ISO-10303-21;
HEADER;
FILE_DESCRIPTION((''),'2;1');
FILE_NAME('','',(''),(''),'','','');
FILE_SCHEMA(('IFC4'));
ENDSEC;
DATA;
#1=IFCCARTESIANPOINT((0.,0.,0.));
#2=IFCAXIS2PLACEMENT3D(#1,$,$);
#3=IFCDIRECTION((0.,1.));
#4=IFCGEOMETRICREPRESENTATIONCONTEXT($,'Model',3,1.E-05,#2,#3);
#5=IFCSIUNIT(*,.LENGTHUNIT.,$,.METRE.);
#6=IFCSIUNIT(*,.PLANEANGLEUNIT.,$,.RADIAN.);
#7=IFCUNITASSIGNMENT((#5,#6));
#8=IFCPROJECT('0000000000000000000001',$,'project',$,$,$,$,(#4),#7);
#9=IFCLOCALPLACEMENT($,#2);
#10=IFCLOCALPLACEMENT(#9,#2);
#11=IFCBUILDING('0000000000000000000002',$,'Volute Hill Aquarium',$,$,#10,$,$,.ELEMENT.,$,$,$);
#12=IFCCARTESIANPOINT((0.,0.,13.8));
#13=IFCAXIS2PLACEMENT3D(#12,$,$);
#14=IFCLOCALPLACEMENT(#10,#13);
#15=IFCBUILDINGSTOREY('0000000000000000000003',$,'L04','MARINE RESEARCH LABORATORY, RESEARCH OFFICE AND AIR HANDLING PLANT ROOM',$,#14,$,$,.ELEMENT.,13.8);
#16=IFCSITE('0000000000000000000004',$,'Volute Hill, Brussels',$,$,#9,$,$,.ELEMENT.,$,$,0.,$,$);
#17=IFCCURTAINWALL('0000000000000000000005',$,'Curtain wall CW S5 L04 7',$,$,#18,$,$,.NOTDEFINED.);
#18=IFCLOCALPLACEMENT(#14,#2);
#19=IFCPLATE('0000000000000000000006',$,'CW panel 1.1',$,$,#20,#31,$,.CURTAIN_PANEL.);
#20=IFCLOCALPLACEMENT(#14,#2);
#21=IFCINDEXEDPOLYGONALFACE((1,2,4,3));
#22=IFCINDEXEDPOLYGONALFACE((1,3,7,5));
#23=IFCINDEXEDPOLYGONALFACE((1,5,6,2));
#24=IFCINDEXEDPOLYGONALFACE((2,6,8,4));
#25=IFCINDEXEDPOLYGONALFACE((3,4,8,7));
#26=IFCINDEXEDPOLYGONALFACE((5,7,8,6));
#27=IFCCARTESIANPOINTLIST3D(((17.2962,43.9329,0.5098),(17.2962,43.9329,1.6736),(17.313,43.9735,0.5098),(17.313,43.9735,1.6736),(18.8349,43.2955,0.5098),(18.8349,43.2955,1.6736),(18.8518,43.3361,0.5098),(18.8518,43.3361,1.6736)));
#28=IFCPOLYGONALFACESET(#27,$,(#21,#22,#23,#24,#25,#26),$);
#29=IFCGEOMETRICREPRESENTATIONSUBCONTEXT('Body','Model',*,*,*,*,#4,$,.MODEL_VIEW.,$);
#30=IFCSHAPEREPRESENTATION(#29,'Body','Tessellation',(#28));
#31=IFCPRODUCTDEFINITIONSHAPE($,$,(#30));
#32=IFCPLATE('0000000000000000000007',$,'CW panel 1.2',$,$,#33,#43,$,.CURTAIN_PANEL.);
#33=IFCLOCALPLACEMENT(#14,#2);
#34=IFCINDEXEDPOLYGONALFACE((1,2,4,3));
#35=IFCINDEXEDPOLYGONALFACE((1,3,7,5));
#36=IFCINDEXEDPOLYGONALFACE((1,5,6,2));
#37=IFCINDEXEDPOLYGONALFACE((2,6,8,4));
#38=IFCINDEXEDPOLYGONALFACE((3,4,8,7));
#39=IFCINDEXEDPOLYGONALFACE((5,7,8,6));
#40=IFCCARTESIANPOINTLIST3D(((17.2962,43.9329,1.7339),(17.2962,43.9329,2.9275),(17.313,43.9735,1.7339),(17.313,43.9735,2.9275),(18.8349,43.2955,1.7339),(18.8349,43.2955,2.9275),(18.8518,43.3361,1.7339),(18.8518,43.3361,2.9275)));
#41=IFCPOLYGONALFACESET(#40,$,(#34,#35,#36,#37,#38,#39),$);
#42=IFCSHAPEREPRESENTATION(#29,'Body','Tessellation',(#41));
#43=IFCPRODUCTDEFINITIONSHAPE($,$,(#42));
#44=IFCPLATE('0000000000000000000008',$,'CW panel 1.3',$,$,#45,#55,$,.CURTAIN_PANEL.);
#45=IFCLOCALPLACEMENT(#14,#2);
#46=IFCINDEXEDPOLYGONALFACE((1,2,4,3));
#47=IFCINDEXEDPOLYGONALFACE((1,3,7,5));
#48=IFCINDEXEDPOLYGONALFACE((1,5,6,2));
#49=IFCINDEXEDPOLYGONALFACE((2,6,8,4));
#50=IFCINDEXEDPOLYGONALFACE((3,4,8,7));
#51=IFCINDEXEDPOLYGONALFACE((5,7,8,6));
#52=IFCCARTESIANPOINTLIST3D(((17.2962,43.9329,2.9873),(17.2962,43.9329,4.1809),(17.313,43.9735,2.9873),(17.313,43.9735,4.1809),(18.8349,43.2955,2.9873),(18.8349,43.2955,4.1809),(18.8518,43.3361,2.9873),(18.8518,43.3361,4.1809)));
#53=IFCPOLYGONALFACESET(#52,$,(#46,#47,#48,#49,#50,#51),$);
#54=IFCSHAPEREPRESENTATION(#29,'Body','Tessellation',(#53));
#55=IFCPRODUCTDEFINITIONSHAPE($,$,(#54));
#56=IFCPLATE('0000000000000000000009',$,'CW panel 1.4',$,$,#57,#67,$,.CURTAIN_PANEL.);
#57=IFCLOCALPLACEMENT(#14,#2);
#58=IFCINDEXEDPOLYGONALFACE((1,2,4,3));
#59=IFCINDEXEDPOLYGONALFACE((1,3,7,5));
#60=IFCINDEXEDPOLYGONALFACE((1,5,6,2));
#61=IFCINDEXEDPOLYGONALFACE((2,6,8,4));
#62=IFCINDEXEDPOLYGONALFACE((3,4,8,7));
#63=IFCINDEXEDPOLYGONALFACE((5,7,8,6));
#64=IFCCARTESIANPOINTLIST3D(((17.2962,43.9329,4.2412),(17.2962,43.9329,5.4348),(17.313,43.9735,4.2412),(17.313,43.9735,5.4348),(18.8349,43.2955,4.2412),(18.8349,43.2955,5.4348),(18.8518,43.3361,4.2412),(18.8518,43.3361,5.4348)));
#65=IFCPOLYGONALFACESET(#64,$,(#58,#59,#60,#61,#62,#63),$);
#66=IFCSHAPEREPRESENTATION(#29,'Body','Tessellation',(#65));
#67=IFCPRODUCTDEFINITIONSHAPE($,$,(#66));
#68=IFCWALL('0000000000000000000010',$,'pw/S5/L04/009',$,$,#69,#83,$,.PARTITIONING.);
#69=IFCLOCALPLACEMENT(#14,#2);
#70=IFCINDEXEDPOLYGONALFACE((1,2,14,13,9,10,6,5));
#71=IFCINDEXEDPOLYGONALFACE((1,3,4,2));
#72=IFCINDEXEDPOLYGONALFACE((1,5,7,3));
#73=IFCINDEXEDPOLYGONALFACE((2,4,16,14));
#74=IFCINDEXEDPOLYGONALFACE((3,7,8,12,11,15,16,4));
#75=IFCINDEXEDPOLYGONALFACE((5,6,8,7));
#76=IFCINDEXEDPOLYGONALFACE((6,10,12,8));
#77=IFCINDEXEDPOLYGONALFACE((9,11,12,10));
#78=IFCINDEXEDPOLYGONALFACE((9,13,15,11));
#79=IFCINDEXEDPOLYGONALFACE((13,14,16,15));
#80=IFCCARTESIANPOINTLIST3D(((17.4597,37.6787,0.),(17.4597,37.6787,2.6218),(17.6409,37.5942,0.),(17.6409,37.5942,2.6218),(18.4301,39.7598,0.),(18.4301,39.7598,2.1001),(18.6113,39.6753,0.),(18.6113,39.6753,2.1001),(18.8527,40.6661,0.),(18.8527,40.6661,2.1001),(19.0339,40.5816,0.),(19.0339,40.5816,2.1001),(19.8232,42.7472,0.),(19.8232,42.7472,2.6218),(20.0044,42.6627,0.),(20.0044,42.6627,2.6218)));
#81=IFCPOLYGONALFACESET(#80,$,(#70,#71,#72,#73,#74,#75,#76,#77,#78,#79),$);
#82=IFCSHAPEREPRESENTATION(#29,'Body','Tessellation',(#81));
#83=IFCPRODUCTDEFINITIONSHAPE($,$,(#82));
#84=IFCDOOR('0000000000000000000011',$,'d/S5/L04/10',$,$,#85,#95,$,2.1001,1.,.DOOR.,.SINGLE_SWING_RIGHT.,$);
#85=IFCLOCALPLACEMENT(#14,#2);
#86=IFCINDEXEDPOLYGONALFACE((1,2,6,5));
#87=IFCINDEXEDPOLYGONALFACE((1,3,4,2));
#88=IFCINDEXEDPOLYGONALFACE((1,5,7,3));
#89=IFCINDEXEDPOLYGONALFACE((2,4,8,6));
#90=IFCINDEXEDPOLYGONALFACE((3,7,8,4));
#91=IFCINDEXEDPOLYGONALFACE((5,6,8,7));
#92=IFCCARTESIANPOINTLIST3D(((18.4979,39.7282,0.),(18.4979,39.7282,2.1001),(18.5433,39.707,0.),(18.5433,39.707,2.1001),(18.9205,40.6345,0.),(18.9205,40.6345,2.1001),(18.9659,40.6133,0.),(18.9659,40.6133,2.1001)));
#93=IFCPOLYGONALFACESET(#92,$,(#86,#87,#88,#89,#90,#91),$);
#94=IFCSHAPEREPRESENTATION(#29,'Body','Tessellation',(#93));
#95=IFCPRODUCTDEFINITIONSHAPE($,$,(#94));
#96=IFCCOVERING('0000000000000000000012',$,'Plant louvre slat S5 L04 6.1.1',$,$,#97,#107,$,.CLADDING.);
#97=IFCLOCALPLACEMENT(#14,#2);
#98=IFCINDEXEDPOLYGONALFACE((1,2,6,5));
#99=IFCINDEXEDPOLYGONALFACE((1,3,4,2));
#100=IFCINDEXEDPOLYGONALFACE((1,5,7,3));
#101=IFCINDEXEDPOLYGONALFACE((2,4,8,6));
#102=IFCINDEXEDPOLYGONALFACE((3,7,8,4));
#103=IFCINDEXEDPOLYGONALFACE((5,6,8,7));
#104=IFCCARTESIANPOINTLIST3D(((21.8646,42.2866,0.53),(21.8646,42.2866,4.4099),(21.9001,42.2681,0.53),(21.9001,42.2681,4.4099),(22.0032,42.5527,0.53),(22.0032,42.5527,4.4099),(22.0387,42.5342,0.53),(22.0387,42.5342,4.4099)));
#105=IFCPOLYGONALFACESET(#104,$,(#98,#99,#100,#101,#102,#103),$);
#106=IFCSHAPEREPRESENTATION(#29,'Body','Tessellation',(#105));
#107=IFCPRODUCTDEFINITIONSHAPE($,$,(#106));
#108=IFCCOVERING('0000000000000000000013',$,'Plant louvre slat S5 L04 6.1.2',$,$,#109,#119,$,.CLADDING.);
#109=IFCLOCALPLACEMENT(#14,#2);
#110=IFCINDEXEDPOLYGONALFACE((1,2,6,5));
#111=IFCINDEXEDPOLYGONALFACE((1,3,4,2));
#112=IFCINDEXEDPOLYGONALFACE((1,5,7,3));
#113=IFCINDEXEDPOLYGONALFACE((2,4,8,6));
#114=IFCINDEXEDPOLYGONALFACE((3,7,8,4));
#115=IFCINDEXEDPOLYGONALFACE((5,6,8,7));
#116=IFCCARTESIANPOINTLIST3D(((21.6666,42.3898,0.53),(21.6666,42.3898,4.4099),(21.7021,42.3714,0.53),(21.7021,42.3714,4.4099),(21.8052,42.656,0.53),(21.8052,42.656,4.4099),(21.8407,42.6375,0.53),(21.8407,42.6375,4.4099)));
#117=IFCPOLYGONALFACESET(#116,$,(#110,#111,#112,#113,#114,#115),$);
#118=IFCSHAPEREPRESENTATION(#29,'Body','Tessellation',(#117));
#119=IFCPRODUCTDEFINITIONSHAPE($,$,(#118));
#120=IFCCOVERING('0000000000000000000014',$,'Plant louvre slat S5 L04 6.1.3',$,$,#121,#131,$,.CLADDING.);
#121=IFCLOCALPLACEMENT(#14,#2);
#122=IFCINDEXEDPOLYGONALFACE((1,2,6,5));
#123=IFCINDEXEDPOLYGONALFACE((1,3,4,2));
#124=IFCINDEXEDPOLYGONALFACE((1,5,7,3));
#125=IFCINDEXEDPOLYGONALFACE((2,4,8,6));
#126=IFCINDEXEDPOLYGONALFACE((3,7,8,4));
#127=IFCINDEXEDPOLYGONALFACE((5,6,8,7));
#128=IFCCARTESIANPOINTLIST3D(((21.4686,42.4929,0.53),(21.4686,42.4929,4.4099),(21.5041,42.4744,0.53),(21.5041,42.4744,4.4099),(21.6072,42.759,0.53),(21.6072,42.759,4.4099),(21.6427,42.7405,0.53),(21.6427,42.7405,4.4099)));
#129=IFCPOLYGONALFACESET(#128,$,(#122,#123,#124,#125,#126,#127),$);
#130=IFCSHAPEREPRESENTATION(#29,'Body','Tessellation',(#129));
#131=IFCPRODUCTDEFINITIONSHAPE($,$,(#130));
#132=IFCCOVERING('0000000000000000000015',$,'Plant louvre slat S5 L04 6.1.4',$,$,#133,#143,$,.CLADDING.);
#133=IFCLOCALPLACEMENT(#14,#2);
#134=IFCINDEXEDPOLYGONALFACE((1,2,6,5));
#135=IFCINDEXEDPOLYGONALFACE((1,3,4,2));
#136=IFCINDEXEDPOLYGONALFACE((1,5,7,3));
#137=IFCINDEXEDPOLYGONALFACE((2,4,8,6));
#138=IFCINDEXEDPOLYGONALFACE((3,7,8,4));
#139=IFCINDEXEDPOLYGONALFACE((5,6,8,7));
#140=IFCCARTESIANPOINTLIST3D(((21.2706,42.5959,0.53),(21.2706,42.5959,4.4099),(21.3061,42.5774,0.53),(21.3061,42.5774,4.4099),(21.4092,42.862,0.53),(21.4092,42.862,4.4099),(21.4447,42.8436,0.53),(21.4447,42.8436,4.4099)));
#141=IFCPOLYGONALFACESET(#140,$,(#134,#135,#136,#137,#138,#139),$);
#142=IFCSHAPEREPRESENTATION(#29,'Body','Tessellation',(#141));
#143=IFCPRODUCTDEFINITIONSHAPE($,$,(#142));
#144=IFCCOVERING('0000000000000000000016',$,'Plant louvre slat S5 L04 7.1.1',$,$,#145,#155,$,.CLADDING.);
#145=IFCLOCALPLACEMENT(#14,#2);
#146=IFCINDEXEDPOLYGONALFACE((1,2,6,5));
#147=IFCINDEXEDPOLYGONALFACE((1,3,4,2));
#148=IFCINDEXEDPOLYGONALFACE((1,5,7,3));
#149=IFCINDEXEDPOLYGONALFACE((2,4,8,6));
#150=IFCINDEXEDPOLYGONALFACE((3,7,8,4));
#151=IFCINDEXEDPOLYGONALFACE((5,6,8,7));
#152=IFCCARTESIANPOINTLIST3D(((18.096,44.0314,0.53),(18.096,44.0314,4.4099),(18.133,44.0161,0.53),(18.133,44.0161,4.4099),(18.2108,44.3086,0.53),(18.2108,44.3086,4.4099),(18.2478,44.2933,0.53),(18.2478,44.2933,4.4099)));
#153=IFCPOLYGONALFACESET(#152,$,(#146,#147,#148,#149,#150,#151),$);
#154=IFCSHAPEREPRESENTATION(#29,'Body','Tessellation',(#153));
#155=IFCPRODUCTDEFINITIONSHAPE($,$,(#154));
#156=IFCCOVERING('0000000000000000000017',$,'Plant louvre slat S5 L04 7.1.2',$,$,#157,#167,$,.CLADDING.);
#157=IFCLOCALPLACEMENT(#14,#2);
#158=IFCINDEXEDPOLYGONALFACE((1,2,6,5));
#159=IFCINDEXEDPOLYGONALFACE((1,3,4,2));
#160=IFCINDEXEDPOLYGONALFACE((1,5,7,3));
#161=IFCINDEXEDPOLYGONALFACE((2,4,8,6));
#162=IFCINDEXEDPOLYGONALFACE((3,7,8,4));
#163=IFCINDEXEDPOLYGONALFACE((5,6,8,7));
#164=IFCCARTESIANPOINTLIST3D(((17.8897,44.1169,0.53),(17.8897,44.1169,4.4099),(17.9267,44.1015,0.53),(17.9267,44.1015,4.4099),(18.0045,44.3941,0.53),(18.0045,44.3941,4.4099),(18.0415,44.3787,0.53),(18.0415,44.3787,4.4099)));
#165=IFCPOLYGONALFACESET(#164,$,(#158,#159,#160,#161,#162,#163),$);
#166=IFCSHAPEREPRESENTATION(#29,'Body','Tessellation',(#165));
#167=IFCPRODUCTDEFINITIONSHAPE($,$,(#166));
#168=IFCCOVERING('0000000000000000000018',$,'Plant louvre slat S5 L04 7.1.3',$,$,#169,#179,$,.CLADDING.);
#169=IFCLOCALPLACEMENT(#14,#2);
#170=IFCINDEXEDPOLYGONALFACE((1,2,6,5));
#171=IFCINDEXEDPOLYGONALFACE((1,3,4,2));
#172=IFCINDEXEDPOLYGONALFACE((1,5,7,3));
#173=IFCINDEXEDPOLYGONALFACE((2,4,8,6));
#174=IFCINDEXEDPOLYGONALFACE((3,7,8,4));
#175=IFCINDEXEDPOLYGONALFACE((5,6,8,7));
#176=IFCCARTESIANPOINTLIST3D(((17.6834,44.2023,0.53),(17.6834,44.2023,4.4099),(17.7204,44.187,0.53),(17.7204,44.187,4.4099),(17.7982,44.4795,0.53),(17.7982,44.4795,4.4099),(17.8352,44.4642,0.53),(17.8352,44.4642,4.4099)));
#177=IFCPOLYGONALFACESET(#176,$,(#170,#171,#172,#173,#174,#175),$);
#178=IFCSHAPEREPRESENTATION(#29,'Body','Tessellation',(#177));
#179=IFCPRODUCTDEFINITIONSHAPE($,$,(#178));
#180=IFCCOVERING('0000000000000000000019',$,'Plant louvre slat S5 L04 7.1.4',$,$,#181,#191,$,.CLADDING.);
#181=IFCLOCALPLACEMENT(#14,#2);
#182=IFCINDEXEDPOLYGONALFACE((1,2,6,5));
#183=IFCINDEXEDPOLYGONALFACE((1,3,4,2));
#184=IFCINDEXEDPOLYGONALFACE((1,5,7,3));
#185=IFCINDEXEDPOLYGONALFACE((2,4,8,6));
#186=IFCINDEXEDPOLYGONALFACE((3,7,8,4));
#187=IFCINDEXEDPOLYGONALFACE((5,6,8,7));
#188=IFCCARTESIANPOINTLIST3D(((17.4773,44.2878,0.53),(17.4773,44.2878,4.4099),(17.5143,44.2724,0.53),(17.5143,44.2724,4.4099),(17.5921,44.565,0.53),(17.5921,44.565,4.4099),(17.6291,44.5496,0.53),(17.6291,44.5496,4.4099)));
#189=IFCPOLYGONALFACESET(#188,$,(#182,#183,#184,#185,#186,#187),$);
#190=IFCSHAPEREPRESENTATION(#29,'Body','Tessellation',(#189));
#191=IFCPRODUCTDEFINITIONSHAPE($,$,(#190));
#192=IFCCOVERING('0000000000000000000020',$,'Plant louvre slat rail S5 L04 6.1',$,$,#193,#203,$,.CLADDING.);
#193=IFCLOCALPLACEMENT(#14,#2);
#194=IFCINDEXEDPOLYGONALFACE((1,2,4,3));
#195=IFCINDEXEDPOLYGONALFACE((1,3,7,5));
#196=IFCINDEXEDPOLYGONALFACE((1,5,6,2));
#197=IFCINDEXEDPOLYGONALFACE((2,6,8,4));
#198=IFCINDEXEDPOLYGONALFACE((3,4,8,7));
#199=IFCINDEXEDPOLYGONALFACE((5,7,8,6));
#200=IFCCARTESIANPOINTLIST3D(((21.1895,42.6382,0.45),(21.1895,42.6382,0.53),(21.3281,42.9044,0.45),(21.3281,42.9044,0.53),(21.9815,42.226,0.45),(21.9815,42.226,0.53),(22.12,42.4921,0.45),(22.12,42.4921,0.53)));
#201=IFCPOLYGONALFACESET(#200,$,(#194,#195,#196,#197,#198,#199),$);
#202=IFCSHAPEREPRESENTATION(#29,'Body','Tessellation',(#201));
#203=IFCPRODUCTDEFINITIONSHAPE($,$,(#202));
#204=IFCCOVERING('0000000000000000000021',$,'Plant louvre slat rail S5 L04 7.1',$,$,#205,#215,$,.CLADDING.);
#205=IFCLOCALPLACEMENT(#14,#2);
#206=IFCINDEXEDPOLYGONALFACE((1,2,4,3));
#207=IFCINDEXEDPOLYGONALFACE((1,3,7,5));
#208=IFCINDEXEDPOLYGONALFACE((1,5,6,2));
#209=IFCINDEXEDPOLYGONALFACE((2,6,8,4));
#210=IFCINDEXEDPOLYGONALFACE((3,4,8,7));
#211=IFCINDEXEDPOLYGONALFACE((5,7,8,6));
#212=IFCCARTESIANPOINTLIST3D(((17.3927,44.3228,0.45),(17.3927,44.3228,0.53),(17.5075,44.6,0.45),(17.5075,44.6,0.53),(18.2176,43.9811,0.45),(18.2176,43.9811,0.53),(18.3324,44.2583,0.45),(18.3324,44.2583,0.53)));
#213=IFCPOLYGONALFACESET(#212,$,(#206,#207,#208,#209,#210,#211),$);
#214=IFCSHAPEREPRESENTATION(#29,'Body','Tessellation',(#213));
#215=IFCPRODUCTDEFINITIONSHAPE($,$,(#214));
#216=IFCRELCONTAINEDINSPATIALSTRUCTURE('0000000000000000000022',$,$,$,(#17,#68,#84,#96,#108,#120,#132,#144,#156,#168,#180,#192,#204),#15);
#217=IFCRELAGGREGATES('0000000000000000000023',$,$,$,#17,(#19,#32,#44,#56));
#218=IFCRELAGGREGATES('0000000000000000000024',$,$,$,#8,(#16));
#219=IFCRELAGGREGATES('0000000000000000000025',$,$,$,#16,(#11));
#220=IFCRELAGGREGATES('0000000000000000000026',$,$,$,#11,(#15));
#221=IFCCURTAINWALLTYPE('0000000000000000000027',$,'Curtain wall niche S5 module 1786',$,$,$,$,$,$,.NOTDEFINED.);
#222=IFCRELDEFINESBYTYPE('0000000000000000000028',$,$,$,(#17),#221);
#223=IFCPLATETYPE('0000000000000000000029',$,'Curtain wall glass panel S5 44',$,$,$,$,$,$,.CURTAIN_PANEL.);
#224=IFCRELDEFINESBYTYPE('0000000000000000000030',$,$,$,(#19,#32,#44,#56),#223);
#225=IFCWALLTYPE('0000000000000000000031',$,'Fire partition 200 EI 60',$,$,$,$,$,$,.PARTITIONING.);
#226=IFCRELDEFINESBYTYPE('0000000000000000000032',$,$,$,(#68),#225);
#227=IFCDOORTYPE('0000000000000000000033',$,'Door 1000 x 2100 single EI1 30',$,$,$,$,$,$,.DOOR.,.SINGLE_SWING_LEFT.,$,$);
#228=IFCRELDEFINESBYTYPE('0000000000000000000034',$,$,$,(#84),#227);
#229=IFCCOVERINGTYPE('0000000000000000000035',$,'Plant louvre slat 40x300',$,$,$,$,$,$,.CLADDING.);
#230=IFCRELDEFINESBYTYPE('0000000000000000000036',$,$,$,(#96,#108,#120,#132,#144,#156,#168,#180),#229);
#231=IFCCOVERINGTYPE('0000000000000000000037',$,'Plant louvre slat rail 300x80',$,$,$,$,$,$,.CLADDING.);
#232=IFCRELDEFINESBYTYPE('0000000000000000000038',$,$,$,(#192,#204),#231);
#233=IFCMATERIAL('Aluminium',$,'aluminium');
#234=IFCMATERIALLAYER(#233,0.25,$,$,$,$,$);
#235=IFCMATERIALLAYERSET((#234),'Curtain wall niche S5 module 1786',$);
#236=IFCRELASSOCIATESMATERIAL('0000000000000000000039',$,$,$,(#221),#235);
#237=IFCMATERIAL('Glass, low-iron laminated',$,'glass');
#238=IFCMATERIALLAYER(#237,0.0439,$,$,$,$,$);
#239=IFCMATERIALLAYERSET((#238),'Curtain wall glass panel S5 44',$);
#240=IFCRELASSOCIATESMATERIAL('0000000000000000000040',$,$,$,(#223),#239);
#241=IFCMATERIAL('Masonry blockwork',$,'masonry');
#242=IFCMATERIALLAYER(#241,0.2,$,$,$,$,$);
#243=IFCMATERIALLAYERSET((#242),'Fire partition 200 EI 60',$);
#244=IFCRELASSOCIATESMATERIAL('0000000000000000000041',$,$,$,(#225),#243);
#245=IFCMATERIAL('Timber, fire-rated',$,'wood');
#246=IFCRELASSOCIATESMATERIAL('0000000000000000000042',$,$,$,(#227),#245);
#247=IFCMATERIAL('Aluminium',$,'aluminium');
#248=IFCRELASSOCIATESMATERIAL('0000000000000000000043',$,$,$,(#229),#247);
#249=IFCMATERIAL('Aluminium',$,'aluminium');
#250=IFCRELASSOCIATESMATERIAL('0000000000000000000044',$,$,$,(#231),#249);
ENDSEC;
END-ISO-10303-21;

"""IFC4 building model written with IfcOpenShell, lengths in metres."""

from ifc_helpers import new_model, si_unit, direction, frame, frame_2d, origin, origin_2d, place, context, subcontext, project, spatial, rectangle, extrude, material, layer, layer_set, type_object, element, fill, aggregate, save


model = new_model("IFC4")

# Units and contexts
model_context = context("Model", 3, precision=1e-05, world=origin(), true_north=direction((0.0, 1.0)))
body_context = subcontext(model_context, "Body", "Model", "MODEL_VIEW")
ifc_project = project(units=[si_unit("LENGTHUNIT", "METRE"), si_unit("PLANEANGLEUNIT", "RADIAN")], contexts=[model_context])

# Site, building, storey
site_placement = place(None, origin())
site = spatial("IfcSite", under=ifc_project, at=site_placement, Name="Volute Hill, Brussels", CompositionType="ELEMENT", RefElevation=0.0)
building_placement = place(site_placement, origin())
building = spatial("IfcBuilding", under=site, at=building_placement, Name="Volute Hill Aquarium", CompositionType="ELEMENT")
storey_placement = place(building_placement, frame((0.0, 0.0, 13.8)))
storey = spatial("IfcBuildingStorey", under=building, at=storey_placement, Name="L04", Description="MARINE RESEARCH LABORATORY, RESEARCH OFFICE AND AIR HANDLING PLANT ROOM", CompositionType="ELEMENT", Elevation=13.8)

# Shared definitions
ifc_material_1 = material(Name="Aluminium", Category="aluminium")
ifc_layer_1 = layer(ifc_material_1, 0.25)
ifc_layer_set_1 = layer_set([ifc_layer_1], Name="Curtain wall niche S5 module 1786")
curtain_wall_type = type_object("IfcCurtainWallType", Name="Curtain wall niche S5 module 1786", PredefinedType="NOTDEFINED", material=ifc_layer_set_1)

# Curtain wall
curtain_wall_1_placement = place(storey_placement, origin())
curtain_wall_1 = element("IfcCurtainWall", 1, at=curtain_wall_1_placement, inside=storey, type_object=curtain_wall_type, Name="Curtain wall CW S5 L04 7", PredefinedType="NOTDEFINED")

# Plates
ifc_material_2 = material(Name="Glass, low-iron laminated", Category="glass")
ifc_layer_2 = layer(ifc_material_2, 0.0439)
ifc_layer_set_2 = layer_set([ifc_layer_2], Name="Curtain wall glass panel S5 44")
plate_type = type_object("IfcPlateType", Name="Curtain wall glass panel S5 44", PredefinedType="CURTAIN_PANEL", material=ifc_layer_set_2)
plate_1_placement = place(storey_placement, frame((18.074, 43.6345, 0.5098), z_axis=(0.0, 0.0, 1.0), x_axis=(-0.923878, 0.382686, 0.0)))
plate_1 = element("IfcPlate", 2, at=plate_1_placement, type_object=plate_type, Name="CW panel 1.1", PredefinedType="CURTAIN_PANEL", context=body_context, shape_type="SweptSolid", body=[
    extrude(rectangle(XDim=1.6655, YDim=0.0439, at=origin_2d()), origin(), (0.0, 0.0, 1.0), 1.1638),
])
plate_2_placement = place(storey_placement, frame((18.074, 43.6345, 1.7339), z_axis=(0.0, 0.0, 1.0), x_axis=(-0.923878, 0.382686, 0.0)))
plate_2 = element("IfcPlate", 3, at=plate_2_placement, type_object=plate_type, Name="CW panel 1.2", PredefinedType="CURTAIN_PANEL", context=body_context, shape_type="SweptSolid", body=[
    extrude(rectangle(XDim=1.6655, YDim=0.0439, at=origin_2d()), origin(), (0.0, 0.0, 1.0), 1.1936),
])
plate_3_placement = place(storey_placement, frame((18.074, 43.6345, 2.9873), z_axis=(0.0, 0.0, 1.0), x_axis=(-0.923878, 0.382686, 0.0)))
plate_3 = element("IfcPlate", 4, at=plate_3_placement, type_object=plate_type, Name="CW panel 1.3", PredefinedType="CURTAIN_PANEL", context=body_context, shape_type="SweptSolid", body=[
    extrude(rectangle(XDim=1.6655, YDim=0.0439, at=origin_2d()), origin(), (0.0, 0.0, 1.0), 1.1936),
])
plate_4_placement = place(storey_placement, frame((18.074, 43.6345, 4.2412), z_axis=(0.0, 0.0, 1.0), x_axis=(-0.923878, 0.382686, 0.0)))
plate_4 = element("IfcPlate", 5, at=plate_4_placement, type_object=plate_type, Name="CW panel 1.4", PredefinedType="CURTAIN_PANEL", context=body_context, shape_type="SweptSolid", body=[
    extrude(rectangle(XDim=1.6655, YDim=0.0439, at=origin_2d()), origin(), (0.0, 0.0, 1.0), 1.1936),
])
aggregate(curtain_wall_1, [plate_1, plate_2, plate_3, plate_4])

# Wall, opening, door
ifc_material_3 = material(Name="Masonry blockwork", Category="masonry")
ifc_layer_3 = layer(ifc_material_3, 0.2)
ifc_layer_set_3 = layer_set([ifc_layer_3], Name="Fire partition 200 EI 60")
wall_type = type_object("IfcWallType", Name="Fire partition 200 EI 60", PredefinedType="PARTITIONING", material=ifc_layer_set_3)
wall_placement = place(storey_placement, frame((19.9138, 42.7051, 0.0), z_axis=(0.0, 0.0, 1.0), x_axis=(-0.422618, -0.906308, 0.0)))
wall = element("IfcWall", 6, at=wall_placement, inside=storey, type_object=wall_type, Name="pw/S5/L04/009", PredefinedType="PARTITIONING", context=body_context, shape_type="SweptSolid", body=[
    extrude(rectangle(XDim=5.5925, YDim=0.2, at=frame_2d((2.7964, 0.0))), origin(), (0.0, 0.0, 1.0), 2.6218),
])
opening_placement = place(wall_placement, frame((2.2964, 0.0, 0.0)))
opening = element("IfcOpeningElement", 7, at=opening_placement, cuts=wall, PredefinedType="OPENING", context=body_context, shape_type="SweptSolid", body=[
    extrude(rectangle(XDim=1.0, YDim=2.1001, at=frame_2d((0.5, 1.05))), frame((0.0, 0.1099, 0.0), z_axis=(0.0, -1.0, 0.0), x_axis=(1.0, 0.0, 0.0)), (0.0, 0.0, 1.0), 0.22),
])
ifc_material_4 = material(Name="Timber, fire-rated", Category="wood")
door_type = type_object("IfcDoorType", Name="Door 1000 x 2100 single EI1 30", OperationType="SINGLE_SWING_LEFT", PredefinedType="DOOR", material=ifc_material_4)
door_placement = place(opening_placement, origin())
door = element("IfcDoor", 8, at=door_placement, inside=storey, type_object=door_type, Name="d/S5/L04/10", OperationType="SINGLE_SWING_RIGHT", OverallHeight=2.1001, OverallWidth=1.0, PredefinedType="DOOR", context=body_context, shape_type="SweptSolid", body=[
    extrude(rectangle(XDim=1.0, YDim=2.1001, at=frame_2d((0.5, 1.05))), frame((0.0, 0.0249, 0.0), z_axis=(0.0, -1.0, 0.0), x_axis=(1.0, 0.0, 0.0)), (0.0, 0.0, 1.0), 0.05),
])
fill(opening, door)

# Coverings
ifc_material_5 = material(Name="Aluminium", Category="aluminium")
covering_type_1 = type_object("IfcCoveringType", Name="Plant louvre slat 40x300", PredefinedType="CLADDING", material=ifc_material_5)
for number, where, z_axis, x_axis, name in (
    (9, (21.9517, 42.4104, 0.53), (0.0, 0.0, 1.0), (-0.887007, 0.461757, 0.0), "Plant louvre slat S5 L04 6.1.1"),
    (10, (21.7537, 42.5137, 0.53), (0.0, 0.0, 1.0), (-0.887007, 0.461757, 0.0), "Plant louvre slat S5 L04 6.1.2"),
    (11, (21.5557, 42.6167, 0.53), (0.0, 0.0, 1.0), (-0.887007, 0.461757, 0.0), "Plant louvre slat S5 L04 6.1.3"),
    (12, (21.3577, 42.7197, 0.53), (0.0, 0.0, 1.0), (-0.887007, 0.461757, 0.0), "Plant louvre slat S5 L04 6.1.4"),
    (13, (18.1719, 44.1624, 0.53), (0.0, 0.0, 1.0), (-0.923879, 0.382686, 0.0), "Plant louvre slat S5 L04 7.1.1"),
    (14, (17.9656, 44.2478, 0.53), (0.0, 0.0, 1.0), (-0.923879, 0.382686, 0.0), "Plant louvre slat S5 L04 7.1.2"),
    (15, (17.7593, 44.3333, 0.53), (0.0, 0.0, 1.0), (-0.923879, 0.382686, 0.0), "Plant louvre slat S5 L04 7.1.3"),
    (16, (17.5532, 44.4187, 0.53), (0.0, 0.0, 1.0), (-0.923879, 0.382686, 0.0), "Plant louvre slat S5 L04 7.1.4"),
):
    element("IfcCovering", number, at=place(storey_placement, frame(where, z_axis=z_axis, x_axis=x_axis)), inside=storey, type_object=covering_type_1, Name=name, PredefinedType="CLADDING", context=body_context, shape_type="SweptSolid", body=[
        extrude(rectangle(XDim=0.04, YDim=0.3, at=origin_2d()), origin(), (0.0, 0.0, 1.0), 3.8799),
    ])
ifc_material_6 = material(Name="Aluminium", Category="aluminium")
covering_type_2 = type_object("IfcCoveringType", Name="Plant louvre slat rail 300x80", PredefinedType="CLADDING", material=ifc_material_6)
for number, where, z_axis, x_axis, name in (
    (17, (21.6548, 42.5652, 0.45), (0.0, 0.0, 1.0), (-0.887007, 0.461757, 0.0), "Plant louvre slat rail S5 L04 6.1"),
    (18, (17.8625, 44.2905, 0.45), (0.0, 0.0, 1.0), (-0.923879, 0.382686, 0.0), "Plant louvre slat rail S5 L04 7.1"),
):
    element("IfcCovering", number, at=place(storey_placement, frame(where, z_axis=z_axis, x_axis=x_axis)), inside=storey, type_object=covering_type_2, Name=name, PredefinedType="CLADDING", context=body_context, shape_type="SweptSolid", body=[
        extrude(rectangle(XDim=0.8928, YDim=0.3, at=origin_2d()), origin(), (0.0, 0.0, 1.0), 0.0801),
    ])

save(model, "model.ifc")
